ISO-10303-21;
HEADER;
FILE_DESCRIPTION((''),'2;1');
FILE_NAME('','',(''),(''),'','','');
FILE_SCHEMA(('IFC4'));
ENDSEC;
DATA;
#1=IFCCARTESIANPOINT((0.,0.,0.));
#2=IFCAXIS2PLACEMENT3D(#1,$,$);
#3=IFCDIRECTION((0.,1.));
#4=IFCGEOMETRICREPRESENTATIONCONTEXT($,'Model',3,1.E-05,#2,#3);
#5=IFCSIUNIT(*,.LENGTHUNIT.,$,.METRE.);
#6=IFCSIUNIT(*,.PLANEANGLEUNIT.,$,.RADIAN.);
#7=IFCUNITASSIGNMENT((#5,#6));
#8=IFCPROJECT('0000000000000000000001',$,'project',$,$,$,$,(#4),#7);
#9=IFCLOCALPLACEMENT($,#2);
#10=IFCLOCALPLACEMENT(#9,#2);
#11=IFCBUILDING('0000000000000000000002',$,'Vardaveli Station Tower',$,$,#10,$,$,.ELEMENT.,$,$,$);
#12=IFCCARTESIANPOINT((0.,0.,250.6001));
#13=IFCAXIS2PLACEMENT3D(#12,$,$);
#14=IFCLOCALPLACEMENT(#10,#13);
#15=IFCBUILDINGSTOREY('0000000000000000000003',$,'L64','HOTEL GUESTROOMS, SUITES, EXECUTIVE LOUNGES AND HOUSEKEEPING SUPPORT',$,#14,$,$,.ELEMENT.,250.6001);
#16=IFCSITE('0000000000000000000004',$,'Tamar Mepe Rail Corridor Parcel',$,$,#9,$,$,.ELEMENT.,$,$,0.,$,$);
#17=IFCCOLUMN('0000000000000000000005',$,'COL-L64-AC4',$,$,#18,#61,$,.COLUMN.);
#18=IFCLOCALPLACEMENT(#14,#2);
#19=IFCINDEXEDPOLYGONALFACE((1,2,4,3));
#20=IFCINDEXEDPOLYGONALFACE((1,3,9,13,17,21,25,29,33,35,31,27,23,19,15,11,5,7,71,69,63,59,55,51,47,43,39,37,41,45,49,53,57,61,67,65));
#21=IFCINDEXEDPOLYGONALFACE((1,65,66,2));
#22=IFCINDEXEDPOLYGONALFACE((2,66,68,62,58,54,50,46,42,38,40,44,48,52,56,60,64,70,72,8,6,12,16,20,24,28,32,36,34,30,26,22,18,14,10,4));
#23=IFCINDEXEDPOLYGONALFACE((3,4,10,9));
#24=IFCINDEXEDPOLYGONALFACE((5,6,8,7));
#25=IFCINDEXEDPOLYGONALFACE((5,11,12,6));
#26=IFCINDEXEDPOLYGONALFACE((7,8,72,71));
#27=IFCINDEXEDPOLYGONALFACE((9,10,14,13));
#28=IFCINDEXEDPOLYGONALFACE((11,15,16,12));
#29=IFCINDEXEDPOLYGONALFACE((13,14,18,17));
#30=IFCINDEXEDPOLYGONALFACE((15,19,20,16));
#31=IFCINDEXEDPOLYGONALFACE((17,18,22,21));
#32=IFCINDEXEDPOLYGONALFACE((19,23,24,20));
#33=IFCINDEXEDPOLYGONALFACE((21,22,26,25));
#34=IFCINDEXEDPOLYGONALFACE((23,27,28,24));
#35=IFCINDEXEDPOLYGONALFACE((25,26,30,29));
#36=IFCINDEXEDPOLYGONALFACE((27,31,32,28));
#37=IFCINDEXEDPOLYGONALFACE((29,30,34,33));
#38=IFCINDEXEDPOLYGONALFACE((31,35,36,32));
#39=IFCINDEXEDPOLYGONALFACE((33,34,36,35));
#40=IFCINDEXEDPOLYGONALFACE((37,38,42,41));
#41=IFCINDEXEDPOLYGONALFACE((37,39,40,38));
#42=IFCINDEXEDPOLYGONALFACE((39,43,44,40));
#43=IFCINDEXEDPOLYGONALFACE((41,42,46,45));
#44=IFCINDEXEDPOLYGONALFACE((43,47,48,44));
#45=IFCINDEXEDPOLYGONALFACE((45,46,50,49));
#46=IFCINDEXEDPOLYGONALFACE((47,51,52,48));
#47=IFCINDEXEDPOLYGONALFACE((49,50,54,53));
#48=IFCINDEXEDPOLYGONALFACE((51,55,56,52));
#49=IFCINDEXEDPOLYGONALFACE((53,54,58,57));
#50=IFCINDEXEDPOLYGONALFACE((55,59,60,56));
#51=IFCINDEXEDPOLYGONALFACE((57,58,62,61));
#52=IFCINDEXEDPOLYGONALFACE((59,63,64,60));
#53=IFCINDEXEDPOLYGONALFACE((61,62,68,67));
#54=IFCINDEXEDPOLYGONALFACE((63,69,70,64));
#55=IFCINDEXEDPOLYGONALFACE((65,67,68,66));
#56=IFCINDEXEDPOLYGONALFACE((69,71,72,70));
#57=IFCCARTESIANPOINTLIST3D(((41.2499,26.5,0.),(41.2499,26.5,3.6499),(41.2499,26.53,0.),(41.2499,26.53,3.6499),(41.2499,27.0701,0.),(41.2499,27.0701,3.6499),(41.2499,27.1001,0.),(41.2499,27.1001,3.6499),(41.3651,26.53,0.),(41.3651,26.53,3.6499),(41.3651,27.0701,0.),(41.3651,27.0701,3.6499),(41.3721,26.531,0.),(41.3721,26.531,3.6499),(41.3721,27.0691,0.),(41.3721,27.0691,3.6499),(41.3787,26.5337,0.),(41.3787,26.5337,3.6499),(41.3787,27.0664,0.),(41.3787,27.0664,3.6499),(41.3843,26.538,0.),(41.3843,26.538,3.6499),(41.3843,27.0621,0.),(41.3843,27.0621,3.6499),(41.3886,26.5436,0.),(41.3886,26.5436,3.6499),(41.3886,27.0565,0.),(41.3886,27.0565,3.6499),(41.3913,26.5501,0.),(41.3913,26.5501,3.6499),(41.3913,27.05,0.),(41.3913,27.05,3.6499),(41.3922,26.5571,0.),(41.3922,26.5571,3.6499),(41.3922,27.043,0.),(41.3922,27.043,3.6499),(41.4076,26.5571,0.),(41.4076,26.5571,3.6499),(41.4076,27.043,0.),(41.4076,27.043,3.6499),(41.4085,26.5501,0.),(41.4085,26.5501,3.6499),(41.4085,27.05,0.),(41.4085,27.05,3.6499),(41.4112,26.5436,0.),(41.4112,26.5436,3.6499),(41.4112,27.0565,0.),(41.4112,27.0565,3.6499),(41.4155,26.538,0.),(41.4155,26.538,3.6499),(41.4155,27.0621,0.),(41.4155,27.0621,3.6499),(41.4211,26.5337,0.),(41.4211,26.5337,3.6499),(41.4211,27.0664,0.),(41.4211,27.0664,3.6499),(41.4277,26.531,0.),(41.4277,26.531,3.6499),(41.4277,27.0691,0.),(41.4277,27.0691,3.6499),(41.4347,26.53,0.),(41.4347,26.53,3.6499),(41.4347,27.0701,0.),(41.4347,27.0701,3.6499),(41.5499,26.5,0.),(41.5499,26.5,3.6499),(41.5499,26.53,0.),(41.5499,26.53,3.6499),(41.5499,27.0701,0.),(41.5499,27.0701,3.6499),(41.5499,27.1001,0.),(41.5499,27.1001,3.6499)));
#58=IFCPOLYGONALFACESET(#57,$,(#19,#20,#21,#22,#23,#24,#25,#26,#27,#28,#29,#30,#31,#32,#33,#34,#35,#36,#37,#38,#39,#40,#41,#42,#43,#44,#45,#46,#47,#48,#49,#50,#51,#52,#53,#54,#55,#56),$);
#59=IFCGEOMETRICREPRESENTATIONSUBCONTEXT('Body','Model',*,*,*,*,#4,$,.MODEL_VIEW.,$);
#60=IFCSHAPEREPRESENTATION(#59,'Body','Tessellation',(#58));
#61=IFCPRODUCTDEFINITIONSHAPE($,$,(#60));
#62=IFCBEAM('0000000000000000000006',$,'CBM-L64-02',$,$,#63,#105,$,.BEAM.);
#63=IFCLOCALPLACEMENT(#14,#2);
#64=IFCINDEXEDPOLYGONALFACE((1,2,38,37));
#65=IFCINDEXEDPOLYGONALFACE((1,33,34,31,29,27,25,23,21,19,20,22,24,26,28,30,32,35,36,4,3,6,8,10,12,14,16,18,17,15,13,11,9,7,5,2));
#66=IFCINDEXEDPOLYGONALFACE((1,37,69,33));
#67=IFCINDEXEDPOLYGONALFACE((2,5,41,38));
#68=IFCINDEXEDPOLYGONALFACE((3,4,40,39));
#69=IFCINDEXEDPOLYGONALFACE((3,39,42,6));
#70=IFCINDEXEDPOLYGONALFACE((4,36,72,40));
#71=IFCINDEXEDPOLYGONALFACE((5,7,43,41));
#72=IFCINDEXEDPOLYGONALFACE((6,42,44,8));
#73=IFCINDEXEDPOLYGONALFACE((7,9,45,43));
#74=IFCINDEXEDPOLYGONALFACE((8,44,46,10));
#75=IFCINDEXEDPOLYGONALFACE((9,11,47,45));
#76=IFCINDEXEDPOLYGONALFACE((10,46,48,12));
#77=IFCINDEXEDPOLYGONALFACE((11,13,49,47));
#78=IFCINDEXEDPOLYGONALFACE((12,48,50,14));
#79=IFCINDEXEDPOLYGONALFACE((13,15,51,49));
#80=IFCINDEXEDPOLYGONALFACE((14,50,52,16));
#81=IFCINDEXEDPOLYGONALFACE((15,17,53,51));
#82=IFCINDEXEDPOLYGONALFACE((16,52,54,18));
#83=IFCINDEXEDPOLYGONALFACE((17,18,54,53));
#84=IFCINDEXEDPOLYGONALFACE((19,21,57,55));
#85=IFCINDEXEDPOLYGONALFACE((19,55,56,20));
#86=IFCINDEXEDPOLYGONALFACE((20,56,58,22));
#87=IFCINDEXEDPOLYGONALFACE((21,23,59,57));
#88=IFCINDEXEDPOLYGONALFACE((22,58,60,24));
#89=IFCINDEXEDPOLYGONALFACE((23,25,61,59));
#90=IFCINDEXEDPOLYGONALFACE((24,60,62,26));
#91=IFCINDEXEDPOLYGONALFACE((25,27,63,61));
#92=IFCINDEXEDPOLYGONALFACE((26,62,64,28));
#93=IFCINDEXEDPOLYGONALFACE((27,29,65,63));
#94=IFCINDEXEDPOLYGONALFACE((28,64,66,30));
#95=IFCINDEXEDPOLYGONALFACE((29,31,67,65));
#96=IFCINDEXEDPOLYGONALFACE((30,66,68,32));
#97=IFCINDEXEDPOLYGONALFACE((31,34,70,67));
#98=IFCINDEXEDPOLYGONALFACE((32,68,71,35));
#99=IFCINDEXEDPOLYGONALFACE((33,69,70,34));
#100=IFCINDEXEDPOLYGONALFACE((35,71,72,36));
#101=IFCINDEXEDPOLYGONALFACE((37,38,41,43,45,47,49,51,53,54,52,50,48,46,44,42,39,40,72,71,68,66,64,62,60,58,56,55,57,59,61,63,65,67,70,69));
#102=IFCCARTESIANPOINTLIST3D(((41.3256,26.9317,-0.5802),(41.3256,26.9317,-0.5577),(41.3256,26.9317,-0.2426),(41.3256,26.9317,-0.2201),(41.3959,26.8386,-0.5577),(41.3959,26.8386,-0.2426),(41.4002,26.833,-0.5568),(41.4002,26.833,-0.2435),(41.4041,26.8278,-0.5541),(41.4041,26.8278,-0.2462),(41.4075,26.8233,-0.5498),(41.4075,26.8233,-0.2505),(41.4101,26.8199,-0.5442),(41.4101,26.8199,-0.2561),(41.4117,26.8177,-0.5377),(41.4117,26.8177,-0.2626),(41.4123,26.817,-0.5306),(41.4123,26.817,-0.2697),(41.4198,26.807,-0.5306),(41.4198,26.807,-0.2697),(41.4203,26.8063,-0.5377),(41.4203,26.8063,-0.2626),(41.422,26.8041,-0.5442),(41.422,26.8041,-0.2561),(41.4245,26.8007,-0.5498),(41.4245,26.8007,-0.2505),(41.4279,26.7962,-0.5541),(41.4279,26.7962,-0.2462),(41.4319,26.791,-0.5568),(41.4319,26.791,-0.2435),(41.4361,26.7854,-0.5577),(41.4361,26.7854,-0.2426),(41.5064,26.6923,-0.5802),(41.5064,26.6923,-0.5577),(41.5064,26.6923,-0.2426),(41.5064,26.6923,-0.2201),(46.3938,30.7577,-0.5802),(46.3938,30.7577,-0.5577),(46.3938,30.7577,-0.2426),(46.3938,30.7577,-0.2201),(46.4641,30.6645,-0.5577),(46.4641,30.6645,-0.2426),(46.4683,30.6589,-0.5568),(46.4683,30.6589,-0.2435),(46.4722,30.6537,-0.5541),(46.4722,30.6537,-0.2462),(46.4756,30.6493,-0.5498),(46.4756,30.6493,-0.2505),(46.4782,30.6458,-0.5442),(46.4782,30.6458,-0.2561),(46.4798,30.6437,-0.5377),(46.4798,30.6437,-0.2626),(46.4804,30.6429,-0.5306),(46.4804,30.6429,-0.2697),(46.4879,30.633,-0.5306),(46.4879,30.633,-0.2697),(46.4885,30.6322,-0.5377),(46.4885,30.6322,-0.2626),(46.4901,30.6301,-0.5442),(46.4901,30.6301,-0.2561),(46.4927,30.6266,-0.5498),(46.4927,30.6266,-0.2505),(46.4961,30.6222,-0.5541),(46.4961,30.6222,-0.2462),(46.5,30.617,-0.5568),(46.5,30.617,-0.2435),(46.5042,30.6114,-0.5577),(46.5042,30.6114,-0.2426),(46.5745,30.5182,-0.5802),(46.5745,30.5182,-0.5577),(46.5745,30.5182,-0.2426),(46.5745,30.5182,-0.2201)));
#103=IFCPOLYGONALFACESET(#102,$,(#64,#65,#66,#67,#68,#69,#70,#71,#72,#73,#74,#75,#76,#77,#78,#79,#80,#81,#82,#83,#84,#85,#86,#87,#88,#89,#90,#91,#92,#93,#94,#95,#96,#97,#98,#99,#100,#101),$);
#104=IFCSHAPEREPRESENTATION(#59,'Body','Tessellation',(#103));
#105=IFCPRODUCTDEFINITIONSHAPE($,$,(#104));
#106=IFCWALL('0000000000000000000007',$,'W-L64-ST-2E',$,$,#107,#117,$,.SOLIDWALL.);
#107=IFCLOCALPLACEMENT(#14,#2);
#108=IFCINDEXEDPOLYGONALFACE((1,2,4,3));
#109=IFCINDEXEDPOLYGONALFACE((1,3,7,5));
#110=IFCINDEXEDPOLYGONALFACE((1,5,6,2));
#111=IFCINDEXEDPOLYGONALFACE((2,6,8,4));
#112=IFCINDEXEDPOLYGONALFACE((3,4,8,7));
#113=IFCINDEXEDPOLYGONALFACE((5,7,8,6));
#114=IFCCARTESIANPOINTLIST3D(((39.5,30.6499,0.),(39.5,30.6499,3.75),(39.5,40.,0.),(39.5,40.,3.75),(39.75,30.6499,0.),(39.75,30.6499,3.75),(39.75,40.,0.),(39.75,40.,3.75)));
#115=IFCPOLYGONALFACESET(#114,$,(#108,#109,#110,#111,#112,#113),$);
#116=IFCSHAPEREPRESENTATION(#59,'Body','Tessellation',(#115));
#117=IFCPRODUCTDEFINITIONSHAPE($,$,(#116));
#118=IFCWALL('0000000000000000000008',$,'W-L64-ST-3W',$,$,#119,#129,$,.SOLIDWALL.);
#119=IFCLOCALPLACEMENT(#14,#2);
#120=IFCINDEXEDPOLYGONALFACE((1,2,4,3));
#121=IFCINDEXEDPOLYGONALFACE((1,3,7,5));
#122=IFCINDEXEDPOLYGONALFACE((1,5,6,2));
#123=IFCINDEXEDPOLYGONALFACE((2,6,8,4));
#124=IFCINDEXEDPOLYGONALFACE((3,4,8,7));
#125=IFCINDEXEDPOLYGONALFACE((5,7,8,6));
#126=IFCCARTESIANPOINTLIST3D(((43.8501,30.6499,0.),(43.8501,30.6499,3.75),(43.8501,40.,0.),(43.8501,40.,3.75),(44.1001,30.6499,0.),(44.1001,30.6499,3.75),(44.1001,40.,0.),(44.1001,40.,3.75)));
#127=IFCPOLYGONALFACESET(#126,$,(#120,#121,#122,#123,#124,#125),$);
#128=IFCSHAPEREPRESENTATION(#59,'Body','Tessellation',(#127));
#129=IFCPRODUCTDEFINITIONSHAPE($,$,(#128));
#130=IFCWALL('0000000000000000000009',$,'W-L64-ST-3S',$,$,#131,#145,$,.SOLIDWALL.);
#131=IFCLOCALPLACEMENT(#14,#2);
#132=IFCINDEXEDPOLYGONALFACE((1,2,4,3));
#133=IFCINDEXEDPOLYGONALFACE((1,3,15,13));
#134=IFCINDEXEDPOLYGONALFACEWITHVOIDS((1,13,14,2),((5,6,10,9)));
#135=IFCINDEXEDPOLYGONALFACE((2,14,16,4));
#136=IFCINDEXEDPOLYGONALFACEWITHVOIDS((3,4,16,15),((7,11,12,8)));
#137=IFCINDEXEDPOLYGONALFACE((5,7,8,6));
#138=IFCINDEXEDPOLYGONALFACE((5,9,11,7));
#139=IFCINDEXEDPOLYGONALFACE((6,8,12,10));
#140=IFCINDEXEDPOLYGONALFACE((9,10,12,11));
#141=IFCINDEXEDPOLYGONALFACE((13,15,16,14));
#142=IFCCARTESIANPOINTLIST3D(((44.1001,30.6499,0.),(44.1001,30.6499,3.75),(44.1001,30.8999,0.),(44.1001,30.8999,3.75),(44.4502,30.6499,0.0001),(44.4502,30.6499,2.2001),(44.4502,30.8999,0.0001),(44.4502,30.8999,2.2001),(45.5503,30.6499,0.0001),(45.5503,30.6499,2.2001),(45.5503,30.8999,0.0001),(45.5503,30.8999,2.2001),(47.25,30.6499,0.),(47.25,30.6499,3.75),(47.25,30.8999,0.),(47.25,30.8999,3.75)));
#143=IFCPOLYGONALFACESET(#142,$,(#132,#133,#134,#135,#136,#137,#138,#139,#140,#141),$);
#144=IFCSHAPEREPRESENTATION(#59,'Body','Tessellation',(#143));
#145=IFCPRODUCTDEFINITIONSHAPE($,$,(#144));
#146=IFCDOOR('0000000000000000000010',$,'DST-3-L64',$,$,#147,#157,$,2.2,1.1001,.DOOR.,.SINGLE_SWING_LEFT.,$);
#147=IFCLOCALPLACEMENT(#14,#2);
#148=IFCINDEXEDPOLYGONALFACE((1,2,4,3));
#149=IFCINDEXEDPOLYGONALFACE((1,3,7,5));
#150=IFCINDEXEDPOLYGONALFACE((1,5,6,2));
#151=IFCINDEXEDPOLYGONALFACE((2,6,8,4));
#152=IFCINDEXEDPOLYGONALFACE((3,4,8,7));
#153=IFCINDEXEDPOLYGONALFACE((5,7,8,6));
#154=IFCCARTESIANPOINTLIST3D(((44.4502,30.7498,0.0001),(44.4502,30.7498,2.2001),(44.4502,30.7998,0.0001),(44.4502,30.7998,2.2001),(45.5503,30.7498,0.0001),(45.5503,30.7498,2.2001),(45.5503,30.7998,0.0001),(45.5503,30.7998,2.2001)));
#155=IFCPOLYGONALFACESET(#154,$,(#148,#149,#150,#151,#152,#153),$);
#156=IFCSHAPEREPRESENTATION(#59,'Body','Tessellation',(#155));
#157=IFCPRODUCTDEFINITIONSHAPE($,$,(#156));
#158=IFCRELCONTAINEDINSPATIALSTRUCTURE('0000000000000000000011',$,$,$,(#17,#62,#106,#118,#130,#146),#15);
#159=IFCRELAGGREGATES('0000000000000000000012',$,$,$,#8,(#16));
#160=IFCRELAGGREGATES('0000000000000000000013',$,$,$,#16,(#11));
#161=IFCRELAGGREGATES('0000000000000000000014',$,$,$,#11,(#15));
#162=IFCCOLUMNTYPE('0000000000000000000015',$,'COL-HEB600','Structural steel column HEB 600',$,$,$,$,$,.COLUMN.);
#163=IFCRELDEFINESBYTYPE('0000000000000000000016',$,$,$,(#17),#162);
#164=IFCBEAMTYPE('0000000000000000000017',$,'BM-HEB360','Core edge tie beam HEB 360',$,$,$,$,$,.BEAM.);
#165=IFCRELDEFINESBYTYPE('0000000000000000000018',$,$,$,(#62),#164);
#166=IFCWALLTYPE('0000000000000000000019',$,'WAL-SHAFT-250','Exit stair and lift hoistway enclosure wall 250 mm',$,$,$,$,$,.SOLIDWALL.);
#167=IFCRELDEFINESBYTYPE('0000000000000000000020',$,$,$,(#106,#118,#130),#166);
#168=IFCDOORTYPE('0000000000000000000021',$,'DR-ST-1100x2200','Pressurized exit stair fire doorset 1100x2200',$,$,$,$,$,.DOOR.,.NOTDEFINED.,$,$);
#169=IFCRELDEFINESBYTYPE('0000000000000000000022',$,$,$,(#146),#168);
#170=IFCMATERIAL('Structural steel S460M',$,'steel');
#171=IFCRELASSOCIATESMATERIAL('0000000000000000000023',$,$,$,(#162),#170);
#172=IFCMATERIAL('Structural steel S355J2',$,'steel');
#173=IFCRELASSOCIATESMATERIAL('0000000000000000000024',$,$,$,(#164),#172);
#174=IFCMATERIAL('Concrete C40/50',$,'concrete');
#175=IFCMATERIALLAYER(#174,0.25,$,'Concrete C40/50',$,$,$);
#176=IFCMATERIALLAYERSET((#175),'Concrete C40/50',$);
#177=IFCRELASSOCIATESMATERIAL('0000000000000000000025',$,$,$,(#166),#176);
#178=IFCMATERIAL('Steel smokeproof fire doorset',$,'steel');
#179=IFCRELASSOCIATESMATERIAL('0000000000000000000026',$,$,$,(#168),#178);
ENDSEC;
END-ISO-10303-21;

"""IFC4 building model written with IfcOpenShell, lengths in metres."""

from ifc_helpers import new_model, si_unit, direction, frame, frame_2d, origin, origin_2d, place, context, subcontext, project, spatial, rectangle, i_section, extrude, source, transform, mapped, material, layer, layer_set, material_profile, profile_set, type_object, element, fill, save


model = new_model("IFC4")

# Units and contexts
model_context = context("Model", 3, precision=1e-05, world=origin(), true_north=direction((0.0, 1.0)))
body_context = subcontext(model_context, "Body", "Model", "MODEL_VIEW")
ifc_project = project(units=[si_unit("LENGTHUNIT", "METRE"), si_unit("PLANEANGLEUNIT", "RADIAN")], contexts=[model_context])

# Site, building, storey
site_placement = place(None, origin())
site = spatial("IfcSite", under=ifc_project, at=site_placement, Name="Tamar Mepe Rail Corridor Parcel", CompositionType="ELEMENT", RefElevation=0.0)
building_placement = place(site_placement, origin())
building = spatial("IfcBuilding", under=site, at=building_placement, Name="Vardaveli Station Tower", CompositionType="ELEMENT")
storey_placement = place(building_placement, frame((0.0, 0.0, 250.6001)))
storey = spatial("IfcBuildingStorey", under=building, at=storey_placement, Name="L64", Description="HOTEL GUESTROOMS, SUITES, EXECUTIVE LOUNGES AND HOUSEKEEPING SUPPORT", CompositionType="ELEMENT", Elevation=250.6001)

# Column
ifc_material_1 = material(Name="Structural steel S460M", Category="steel")
ifc_material_profile_1 = material_profile(ifc_material_1, i_section(OverallWidth=0.3, OverallDepth=0.6001, WebThickness=0.0154, FlangeThickness=0.03, FilletRadius=0.0271, at=origin_2d()), Name="HEB 600")
ifc_profile_set_1 = profile_set([ifc_material_profile_1], Name="Structural steel S460M")
column_type = type_object("IfcColumnType", Name="COL-HEB600", Description="Structural steel column HEB 600", PredefinedType="COLUMN", material=ifc_profile_set_1)
shared_shape_1 = source(origin(), body_context, "Body", "SweptSolid", [
    extrude(i_section(OverallWidth=0.3, OverallDepth=0.6001, WebThickness=0.0154, FlangeThickness=0.03, FilletRadius=0.0271, at=origin_2d()), origin(), (0.0, 0.0, 1.0), 3.6499),
])
column_placement = place(storey_placement, frame((41.3999, 26.8, 0.0), z_axis=(0.0, 0.0, 1.0), x_axis=(1.0, 0.0, 0.0)))
element("IfcColumn", 1, at=column_placement, inside=storey, type_object=column_type, Name="COL-L64-AC4", PredefinedType="COLUMN", context=body_context, shape_type="MappedRepresentation", body=[
    mapped(shared_shape_1, transform((0.0, 0.0, 0.0), scale=1.0)),
])

# Beam
ifc_material_2 = material(Name="Structural steel S355J2", Category="steel")
ifc_material_profile_2 = material_profile(ifc_material_2, i_section(OverallWidth=0.3, OverallDepth=0.3601, WebThickness=0.0125, FlangeThickness=0.0225, FilletRadius=0.0271, at=origin_2d()), Name="HEB 360")
ifc_profile_set_2 = profile_set([ifc_material_profile_2], Name="Structural steel S355J2")
beam_type = type_object("IfcBeamType", Name="BM-HEB360", Description="Core edge tie beam HEB 360", PredefinedType="BEAM", material=ifc_profile_set_2)
shared_shape_2 = source(origin(), body_context, "Body", "SweptSolid", [
    extrude(i_section(OverallWidth=0.3, OverallDepth=0.3601, WebThickness=0.0125, FlangeThickness=0.0225, FilletRadius=0.0271, at=origin_2d()), origin(), (0.0, 0.0, 1.0), 6.3501),
])
beam_placement = place(storey_placement, frame((41.416, 26.812, -0.4001), z_axis=(0.798118, 0.602501, 0.0), x_axis=(-0.602501, 0.798118, 0.0)))
element("IfcBeam", 2, at=beam_placement, inside=storey, type_object=beam_type, Name="CBM-L64-02", PredefinedType="BEAM", context=body_context, shape_type="MappedRepresentation", body=[
    mapped(shared_shape_2, transform((0.0, 0.0, 0.0), scale=1.0)),
])

# Walls
ifc_material_3 = material(Name="Concrete C40/50", Category="concrete")
ifc_layer_1 = layer(ifc_material_3, 0.25, Name="Concrete C40/50")
ifc_layer_set_1 = layer_set([ifc_layer_1], Name="Concrete C40/50")
wall_type_1 = type_object("IfcWallType", Name="WAL-SHAFT-250", Description="Exit stair and lift hoistway enclosure wall 250 mm", PredefinedType="SOLIDWALL", material=ifc_layer_set_1)
shared_shape_3 = source(origin(), body_context, "Body", "SweptSolid", [
    extrude(rectangle(XDim=9.3501, YDim=0.25, at=frame_2d((4.675, 0.0))), origin(), (0.0, 0.0, 1.0), 3.75),
])
for number, where, z_axis, x_axis, name in (
    (3, (39.625, 30.6499, 0.0), (0.0, 0.0, 1.0), (0.0, 1.0, 0.0), "W-L64-ST-2E"),
    (4, (43.9751, 30.6499, 0.0), (0.0, 0.0, 1.0), (0.0, 1.0, 0.0), "W-L64-ST-3W"),
):
    element("IfcWall", number, at=place(storey_placement, frame(where, z_axis=z_axis, x_axis=x_axis)), inside=storey, type_object=wall_type_1, Name=name, PredefinedType="SOLIDWALL", context=body_context, shape_type="MappedRepresentation", body=[
        mapped(shared_shape_3, transform((0.0, 0.0, 0.0), scale=1.0)),
    ])

# Wall, opening, door
shared_shape_4 = source(origin(), body_context, "Body", "SweptSolid", [
    extrude(rectangle(XDim=3.1499, YDim=0.25, at=frame_2d((1.575, 0.0))), origin(), (0.0, 0.0, 1.0), 3.75),
])
wall_1_placement = place(storey_placement, frame((44.1001, 30.7749, 0.0), z_axis=(0.0, 0.0, 1.0), x_axis=(1.0, 0.0, 0.0)))
wall_1 = element("IfcWall", 5, at=wall_1_placement, inside=storey, type_object=wall_type_1, Name="W-L64-ST-3S", PredefinedType="SOLIDWALL", context=body_context, shape_type="MappedRepresentation", body=[
    mapped(shared_shape_4, transform((0.0, 0.0, 0.0), scale=1.0)),
])
shared_shape_5 = source(origin(), body_context, "Body", "SweptSolid", [
    extrude(rectangle(XDim=1.1001, YDim=2.2, at=frame_2d((0.55, 1.1001))), frame((0.0, 0.135, 0.0), z_axis=(0.0, -1.0, 0.0), x_axis=(1.0, 0.0, 0.0)), (0.0, 0.0, 1.0), 0.27),
])
opening_1_placement = place(wall_1_placement, frame((0.3501, 0.0, 0.0)))
opening_1 = element("IfcOpeningElement", 6, at=opening_1_placement, cuts=wall_1, PredefinedType="OPENING", context=body_context, shape_type="MappedRepresentation", body=[
    mapped(shared_shape_5, transform((0.0, 0.0, 0.0), scale=1.0)),
])
ifc_material_4 = material(Name="Steel smokeproof fire doorset", Category="steel")
door_type_1 = type_object("IfcDoorType", Name="DR-ST-1100x2200", Description="Pressurized exit stair fire doorset 1100x2200", OperationType="NOTDEFINED", PredefinedType="DOOR", material=ifc_material_4)
shared_shape_6 = source(origin(), body_context, "Body", "SweptSolid", [
    extrude(rectangle(XDim=1.1001, YDim=2.2, at=frame_2d((0.55, 1.1001))), frame((0.0, 0.0249, 0.0), z_axis=(0.0, -1.0, 0.0), x_axis=(1.0, 0.0, 0.0)), (0.0, 0.0, 1.0), 0.05),
])
door_1_placement = place(opening_1_placement, origin())
door_1 = element("IfcDoor", 7, at=door_1_placement, inside=storey, type_object=door_type_1, Name="DST-3-L64", OperationType="SINGLE_SWING_LEFT", OverallHeight=2.2, OverallWidth=1.1001, PredefinedType="DOOR", context=body_context, shape_type="MappedRepresentation", body=[
    mapped(shared_shape_6, transform((0.0, 0.0, 0.0), scale=1.0)),
])
fill(opening_1, door_1)

save(model, "model.ifc")
